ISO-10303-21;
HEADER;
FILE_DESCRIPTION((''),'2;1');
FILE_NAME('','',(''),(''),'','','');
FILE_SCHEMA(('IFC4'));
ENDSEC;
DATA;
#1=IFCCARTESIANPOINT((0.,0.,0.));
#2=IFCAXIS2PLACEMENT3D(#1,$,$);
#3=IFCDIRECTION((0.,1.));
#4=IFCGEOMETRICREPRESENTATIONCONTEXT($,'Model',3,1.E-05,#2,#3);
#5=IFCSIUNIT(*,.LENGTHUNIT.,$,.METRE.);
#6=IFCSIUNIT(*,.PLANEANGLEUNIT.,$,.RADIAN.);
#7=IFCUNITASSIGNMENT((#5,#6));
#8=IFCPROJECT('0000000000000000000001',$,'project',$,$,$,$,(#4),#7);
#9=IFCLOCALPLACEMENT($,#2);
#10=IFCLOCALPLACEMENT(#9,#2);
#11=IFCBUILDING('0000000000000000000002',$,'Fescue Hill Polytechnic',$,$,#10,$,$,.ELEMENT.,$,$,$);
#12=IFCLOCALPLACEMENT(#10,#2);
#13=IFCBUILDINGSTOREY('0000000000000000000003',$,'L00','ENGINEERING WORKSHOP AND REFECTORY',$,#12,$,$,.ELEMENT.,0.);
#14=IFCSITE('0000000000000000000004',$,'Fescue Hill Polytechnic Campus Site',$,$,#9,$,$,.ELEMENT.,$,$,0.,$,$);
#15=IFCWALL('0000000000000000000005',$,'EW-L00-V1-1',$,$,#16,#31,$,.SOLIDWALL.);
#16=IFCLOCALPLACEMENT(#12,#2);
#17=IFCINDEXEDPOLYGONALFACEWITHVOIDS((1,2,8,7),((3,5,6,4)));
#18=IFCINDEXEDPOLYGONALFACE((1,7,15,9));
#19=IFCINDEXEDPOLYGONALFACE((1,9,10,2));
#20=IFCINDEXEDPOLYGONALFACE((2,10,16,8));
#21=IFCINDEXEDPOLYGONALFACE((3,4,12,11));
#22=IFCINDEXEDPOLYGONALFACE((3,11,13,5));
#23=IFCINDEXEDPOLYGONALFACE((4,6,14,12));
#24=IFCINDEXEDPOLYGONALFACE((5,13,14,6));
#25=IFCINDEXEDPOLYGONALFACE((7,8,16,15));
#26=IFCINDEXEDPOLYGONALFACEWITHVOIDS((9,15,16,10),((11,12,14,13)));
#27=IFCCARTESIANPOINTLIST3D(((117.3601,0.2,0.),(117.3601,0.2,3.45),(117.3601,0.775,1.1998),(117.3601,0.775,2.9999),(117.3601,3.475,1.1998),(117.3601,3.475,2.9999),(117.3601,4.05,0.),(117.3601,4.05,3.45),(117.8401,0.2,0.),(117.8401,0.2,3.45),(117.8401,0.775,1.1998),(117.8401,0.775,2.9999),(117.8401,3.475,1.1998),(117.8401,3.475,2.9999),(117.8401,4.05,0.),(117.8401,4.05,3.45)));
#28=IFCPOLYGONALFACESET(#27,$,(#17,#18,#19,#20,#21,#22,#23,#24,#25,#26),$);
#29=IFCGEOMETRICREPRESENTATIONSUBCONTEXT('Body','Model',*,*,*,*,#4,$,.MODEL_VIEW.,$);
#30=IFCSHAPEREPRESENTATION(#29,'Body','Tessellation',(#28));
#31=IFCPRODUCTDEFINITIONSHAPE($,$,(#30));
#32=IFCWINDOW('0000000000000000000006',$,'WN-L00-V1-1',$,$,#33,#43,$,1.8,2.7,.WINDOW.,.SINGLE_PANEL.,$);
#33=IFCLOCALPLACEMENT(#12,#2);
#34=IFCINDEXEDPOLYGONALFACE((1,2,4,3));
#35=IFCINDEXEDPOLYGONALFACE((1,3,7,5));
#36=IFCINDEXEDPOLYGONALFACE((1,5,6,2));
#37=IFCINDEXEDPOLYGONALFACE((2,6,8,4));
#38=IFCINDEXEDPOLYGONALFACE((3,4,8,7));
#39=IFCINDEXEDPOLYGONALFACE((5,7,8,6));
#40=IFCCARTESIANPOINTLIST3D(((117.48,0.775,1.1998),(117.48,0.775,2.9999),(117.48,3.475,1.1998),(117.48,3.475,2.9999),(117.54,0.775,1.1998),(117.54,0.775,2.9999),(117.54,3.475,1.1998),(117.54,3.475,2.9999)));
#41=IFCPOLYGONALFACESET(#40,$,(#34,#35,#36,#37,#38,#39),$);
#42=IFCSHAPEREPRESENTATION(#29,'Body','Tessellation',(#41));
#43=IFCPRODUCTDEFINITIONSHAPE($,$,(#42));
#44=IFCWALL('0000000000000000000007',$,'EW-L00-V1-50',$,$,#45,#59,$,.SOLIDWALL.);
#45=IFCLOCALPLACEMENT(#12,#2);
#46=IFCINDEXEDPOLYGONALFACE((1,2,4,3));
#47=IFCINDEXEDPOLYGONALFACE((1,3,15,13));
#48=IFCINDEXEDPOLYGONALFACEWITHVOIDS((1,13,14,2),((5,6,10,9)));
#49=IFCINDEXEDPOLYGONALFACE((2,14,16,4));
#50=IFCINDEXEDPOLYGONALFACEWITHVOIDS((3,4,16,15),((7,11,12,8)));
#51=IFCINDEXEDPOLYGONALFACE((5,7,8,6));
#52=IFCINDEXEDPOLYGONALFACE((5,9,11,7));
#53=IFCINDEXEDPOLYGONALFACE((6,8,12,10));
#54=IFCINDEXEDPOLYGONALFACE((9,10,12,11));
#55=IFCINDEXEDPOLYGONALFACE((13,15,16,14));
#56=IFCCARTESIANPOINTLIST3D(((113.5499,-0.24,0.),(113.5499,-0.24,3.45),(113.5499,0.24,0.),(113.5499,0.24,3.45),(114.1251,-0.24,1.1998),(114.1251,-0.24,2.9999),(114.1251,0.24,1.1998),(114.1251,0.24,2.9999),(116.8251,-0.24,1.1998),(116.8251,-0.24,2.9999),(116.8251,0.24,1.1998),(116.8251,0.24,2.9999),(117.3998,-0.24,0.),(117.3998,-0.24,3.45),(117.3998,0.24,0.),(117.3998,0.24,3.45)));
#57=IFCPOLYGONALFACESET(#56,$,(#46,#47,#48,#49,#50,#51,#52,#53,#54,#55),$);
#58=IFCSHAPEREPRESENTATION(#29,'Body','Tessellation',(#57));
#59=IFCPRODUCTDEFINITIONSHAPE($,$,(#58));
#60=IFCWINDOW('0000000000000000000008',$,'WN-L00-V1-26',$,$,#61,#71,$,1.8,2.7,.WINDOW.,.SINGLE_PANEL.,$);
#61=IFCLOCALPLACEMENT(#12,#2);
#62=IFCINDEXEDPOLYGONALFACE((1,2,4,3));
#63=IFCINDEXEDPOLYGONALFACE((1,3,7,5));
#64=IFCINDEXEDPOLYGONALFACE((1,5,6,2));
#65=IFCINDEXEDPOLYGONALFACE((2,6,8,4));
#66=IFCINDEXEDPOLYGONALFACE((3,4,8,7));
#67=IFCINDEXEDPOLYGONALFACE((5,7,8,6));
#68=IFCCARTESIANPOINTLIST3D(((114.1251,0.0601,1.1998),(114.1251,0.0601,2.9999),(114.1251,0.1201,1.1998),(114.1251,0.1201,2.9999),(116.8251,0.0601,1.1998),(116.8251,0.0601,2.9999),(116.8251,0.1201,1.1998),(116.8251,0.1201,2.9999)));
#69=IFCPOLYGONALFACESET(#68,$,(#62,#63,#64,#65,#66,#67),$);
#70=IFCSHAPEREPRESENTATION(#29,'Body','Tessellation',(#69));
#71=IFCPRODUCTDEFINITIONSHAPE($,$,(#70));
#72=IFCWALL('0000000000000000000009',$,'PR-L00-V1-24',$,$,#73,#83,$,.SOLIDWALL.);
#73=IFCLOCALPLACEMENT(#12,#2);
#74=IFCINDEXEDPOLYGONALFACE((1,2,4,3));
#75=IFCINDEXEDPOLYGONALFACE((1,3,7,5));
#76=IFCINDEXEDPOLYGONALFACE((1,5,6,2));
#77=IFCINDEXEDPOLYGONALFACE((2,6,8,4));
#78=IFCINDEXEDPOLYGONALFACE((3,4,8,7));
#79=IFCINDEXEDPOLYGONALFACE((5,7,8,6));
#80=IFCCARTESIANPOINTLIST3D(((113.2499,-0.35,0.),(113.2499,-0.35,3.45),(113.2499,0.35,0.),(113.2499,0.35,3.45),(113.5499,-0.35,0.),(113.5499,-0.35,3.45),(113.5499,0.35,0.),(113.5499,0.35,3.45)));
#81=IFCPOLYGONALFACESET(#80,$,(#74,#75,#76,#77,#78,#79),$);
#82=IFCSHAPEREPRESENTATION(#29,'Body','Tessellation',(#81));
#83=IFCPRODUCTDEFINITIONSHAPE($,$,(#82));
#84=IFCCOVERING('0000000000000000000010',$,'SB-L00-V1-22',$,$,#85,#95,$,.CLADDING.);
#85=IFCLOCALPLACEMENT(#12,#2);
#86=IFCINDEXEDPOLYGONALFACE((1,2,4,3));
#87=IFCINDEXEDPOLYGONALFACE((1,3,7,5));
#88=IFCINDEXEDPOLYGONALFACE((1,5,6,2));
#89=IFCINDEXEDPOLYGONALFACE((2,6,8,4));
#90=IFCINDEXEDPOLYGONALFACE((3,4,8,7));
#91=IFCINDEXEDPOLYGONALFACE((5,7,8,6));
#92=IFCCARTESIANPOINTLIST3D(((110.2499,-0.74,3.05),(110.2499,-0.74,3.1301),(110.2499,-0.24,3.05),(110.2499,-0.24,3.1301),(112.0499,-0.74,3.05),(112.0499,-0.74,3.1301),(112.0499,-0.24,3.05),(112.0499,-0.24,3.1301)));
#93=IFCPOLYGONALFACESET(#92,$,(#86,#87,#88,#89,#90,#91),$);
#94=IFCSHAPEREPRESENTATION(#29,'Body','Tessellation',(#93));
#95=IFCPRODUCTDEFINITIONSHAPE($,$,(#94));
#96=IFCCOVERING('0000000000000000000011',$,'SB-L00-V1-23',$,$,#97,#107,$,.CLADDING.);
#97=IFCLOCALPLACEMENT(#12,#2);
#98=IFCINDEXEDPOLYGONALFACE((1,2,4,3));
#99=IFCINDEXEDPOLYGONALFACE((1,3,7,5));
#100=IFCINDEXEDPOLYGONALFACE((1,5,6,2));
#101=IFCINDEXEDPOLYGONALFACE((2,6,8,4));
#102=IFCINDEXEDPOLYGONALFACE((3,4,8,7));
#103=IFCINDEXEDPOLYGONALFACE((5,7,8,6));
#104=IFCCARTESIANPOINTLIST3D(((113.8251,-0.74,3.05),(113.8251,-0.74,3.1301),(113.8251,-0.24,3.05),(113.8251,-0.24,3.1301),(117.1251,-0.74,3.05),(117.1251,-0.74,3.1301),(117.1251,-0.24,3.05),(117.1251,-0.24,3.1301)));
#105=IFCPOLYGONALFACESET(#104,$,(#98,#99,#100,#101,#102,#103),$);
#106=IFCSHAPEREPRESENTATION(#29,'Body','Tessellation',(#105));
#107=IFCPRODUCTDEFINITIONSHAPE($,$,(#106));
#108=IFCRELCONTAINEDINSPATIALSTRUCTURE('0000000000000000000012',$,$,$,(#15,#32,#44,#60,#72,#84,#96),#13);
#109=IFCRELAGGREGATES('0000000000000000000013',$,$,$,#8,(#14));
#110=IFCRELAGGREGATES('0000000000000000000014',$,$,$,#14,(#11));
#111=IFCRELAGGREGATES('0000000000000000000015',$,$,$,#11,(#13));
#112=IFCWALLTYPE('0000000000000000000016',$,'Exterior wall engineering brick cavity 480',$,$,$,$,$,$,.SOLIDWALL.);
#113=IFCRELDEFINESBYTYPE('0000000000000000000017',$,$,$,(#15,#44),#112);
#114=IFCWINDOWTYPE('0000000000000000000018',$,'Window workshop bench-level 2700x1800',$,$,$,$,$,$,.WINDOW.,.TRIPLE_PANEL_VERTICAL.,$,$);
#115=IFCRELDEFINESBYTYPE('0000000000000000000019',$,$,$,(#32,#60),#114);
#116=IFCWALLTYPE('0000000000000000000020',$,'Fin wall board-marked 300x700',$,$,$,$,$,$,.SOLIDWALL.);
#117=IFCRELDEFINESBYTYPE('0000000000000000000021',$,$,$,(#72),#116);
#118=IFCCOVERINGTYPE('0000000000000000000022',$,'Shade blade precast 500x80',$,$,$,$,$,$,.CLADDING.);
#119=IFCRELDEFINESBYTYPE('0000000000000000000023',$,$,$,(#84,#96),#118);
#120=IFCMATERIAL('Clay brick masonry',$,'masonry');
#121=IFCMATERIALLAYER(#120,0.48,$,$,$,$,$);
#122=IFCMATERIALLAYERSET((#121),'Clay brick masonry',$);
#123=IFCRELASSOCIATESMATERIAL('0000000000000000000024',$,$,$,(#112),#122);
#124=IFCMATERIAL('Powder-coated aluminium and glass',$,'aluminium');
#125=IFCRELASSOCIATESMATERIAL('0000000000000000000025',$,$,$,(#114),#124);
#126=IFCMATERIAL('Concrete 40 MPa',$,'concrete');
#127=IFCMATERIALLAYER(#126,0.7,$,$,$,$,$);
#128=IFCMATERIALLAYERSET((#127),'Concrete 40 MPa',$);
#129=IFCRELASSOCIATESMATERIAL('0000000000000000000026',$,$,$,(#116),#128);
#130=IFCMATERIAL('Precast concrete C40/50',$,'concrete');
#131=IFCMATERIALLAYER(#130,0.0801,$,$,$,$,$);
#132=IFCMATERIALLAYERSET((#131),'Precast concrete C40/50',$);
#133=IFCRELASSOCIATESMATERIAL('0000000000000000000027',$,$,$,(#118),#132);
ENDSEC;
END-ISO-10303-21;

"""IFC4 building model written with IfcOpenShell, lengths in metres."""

from ifc_helpers import new_model, si_unit, direction, frame, frame_2d, origin, origin_2d, place, context, subcontext, project, spatial, rectangle, extrude, material, layer, layer_set, type_object, element, fill, save


model = new_model("IFC4")

# Units and contexts
model_context = context("Model", 3, precision=1e-05, world=origin(), true_north=direction((0.0, 1.0)))
body_context = subcontext(model_context, "Body", "Model", "MODEL_VIEW")
ifc_project = project(units=[si_unit("LENGTHUNIT", "METRE"), si_unit("PLANEANGLEUNIT", "RADIAN")], contexts=[model_context])

# Site, building, storey
site_placement = place(None, origin())
site = spatial("IfcSite", under=ifc_project, at=site_placement, Name="Fescue Hill Polytechnic Campus Site", CompositionType="ELEMENT", RefElevation=0.0)
building_placement = place(site_placement, origin())
building = spatial("IfcBuilding", under=site, at=building_placement, Name="Fescue Hill Polytechnic", CompositionType="ELEMENT")
storey_placement = place(building_placement, origin())
storey = spatial("IfcBuildingStorey", under=building, at=storey_placement, Name="L00", Description="ENGINEERING WORKSHOP AND REFECTORY", CompositionType="ELEMENT", Elevation=0.0)

# Shared definitions
ifc_material_1 = material(Name="Concrete 40 MPa", Category="concrete")

# Walls, openings, windows
ifc_material_2 = material(Name="Clay brick masonry", Category="masonry")
ifc_layer_1 = layer(ifc_material_2, 0.48)
ifc_layer_set_1 = layer_set([ifc_layer_1], Name="Clay brick masonry")
wall_type_1 = type_object("IfcWallType", Name="Exterior wall engineering brick cavity 480", PredefinedType="SOLIDWALL", material=ifc_layer_set_1)
wall_1_placement = place(storey_placement, frame((117.6001, 0.2, 0.0), z_axis=(0.0, 0.0, 1.0), x_axis=(0.0, 1.0, 0.0)))
wall_1 = element("IfcWall", 1, at=wall_1_placement, inside=storey, type_object=wall_type_1, Name="EW-L00-V1-1", PredefinedType="SOLIDWALL", context=body_context, shape_type="SweptSolid", body=[
    extrude(rectangle(XDim=3.8501, YDim=0.48, at=frame_2d((1.925, 0.0))), origin(), (0.0, 0.0, 1.0), 3.45),
])
opening_1_placement = place(wall_1_placement, frame((0.575, 0.0, 1.2)))
opening_1 = element("IfcOpeningElement", 2, at=opening_1_placement, cuts=wall_1, PredefinedType="OPENING", context=body_context, shape_type="SweptSolid", body=[
    extrude(rectangle(XDim=2.7, YDim=1.8, at=frame_2d((1.3501, 0.8999))), frame((0.0, 0.25, 0.0), z_axis=(0.0, -1.0, 0.0), x_axis=(1.0, 0.0, 0.0)), (0.0, 0.0, 1.0), 0.5),
])
ifc_material_3 = material(Name="Powder-coated aluminium and glass", Category="aluminium")
window_type = type_object("IfcWindowType", Name="Window workshop bench-level 2700x1800", PartitioningType="TRIPLE_PANEL_VERTICAL", PredefinedType="WINDOW", material=ifc_material_3)
window_1_placement = place(opening_1_placement, origin())
window_1 = element("IfcWindow", 3, at=window_1_placement, inside=storey, type_object=window_type, Name="WN-L00-V1-1", OverallHeight=1.8, OverallWidth=2.7, PartitioningType="SINGLE_PANEL", PredefinedType="WINDOW", context=body_context, shape_type="SweptSolid", body=[
    extrude(rectangle(XDim=2.7, YDim=1.8, at=frame_2d((1.3501, 0.8999))), frame((0.0, 0.1201, 0.0), z_axis=(0.0, -1.0, 0.0), x_axis=(1.0, 0.0, 0.0)), (0.0, 0.0, 1.0), 0.0601),
])
fill(opening_1, window_1)
wall_2_placement = place(storey_placement, frame((113.55, 0.0, 0.0), z_axis=(0.0, 0.0, 1.0), x_axis=(1.0, 0.0, 0.0)))
wall_2 = element("IfcWall", 4, at=wall_2_placement, inside=storey, type_object=wall_type_1, Name="EW-L00-V1-50", PredefinedType="SOLIDWALL", context=body_context, shape_type="SweptSolid", body=[
    extrude(rectangle(XDim=3.8499, YDim=0.48, at=frame_2d((1.9248, 0.0))), origin(), (0.0, 0.0, 1.0), 3.45),
])
opening_2_placement = place(wall_2_placement, frame((0.575, 0.0, 1.2)))
opening_2 = element("IfcOpeningElement", 5, at=opening_2_placement, cuts=wall_2, PredefinedType="OPENING", context=body_context, shape_type="SweptSolid", body=[
    extrude(rectangle(XDim=2.7, YDim=1.8, at=frame_2d((1.3501, 0.8999))), frame((0.0, 0.25, 0.0), z_axis=(0.0, -1.0, 0.0), x_axis=(1.0, 0.0, 0.0)), (0.0, 0.0, 1.0), 0.5),
])
window_2_placement = place(opening_2_placement, origin())
window_2 = element("IfcWindow", 6, at=window_2_placement, inside=storey, type_object=window_type, Name="WN-L00-V1-26", OverallHeight=1.8, OverallWidth=2.7, PartitioningType="SINGLE_PANEL", PredefinedType="WINDOW", context=body_context, shape_type="SweptSolid", body=[
    extrude(rectangle(XDim=2.7, YDim=1.8, at=frame_2d((1.3501, 0.8999))), frame((0.0, 0.1201, 0.0), z_axis=(0.0, -1.0, 0.0), x_axis=(1.0, 0.0, 0.0)), (0.0, 0.0, 1.0), 0.0601),
])
fill(opening_2, window_2)

# Wall
ifc_layer_2 = layer(ifc_material_1, 0.7)
ifc_layer_set_2 = layer_set([ifc_layer_2], Name="Concrete 40 MPa")
wall_type_2 = type_object("IfcWallType", Name="Fin wall board-marked 300x700", PredefinedType="SOLIDWALL", material=ifc_layer_set_2)
wall_3_placement = place(storey_placement, frame((113.25, 0.0, 0.0), z_axis=(0.0, 0.0, 1.0), x_axis=(1.0, 0.0, 0.0)))
element("IfcWall", 7, at=wall_3_placement, inside=storey, type_object=wall_type_2, Name="PR-L00-V1-24", PredefinedType="SOLIDWALL", context=body_context, shape_type="SweptSolid", body=[
    extrude(rectangle(XDim=0.3, YDim=0.7, at=frame_2d((0.1499, 0.0))), origin(), (0.0, 0.0, 1.0), 3.45),
])

# Coverings
ifc_material_4 = material(Name="Precast concrete C40/50", Category="concrete")
ifc_layer_3 = layer(ifc_material_4, 0.0801)
ifc_layer_set_3 = layer_set([ifc_layer_3], Name="Precast concrete C40/50")
covering_type = type_object("IfcCoveringType", Name="Shade blade precast 500x80", PredefinedType="CLADDING", material=ifc_layer_set_3)
covering_1_placement = place(storey_placement, frame((111.1499, -0.49, 3.05), z_axis=(0.0, 0.0, 1.0), x_axis=(1.0, 0.0, 0.0)))
element("IfcCovering", 8, at=covering_1_placement, inside=storey, type_object=covering_type, Name="SB-L00-V1-22", PredefinedType="CLADDING", context=body_context, shape_type="SweptSolid", body=[
    extrude(rectangle(XDim=1.8, YDim=0.5, at=origin_2d()), origin(), (0.0, 0.0, 1.0), 0.0801),
])
covering_2_placement = place(storey_placement, frame((115.4751, -0.49, 3.05), z_axis=(0.0, 0.0, 1.0), x_axis=(1.0, 0.0, 0.0)))
element("IfcCovering", 9, at=covering_2_placement, inside=storey, type_object=covering_type, Name="SB-L00-V1-23", PredefinedType="CLADDING", context=body_context, shape_type="SweptSolid", body=[
    extrude(rectangle(XDim=3.3, YDim=0.5, at=origin_2d()), origin(), (0.0, 0.0, 1.0), 0.0801),
])

save(model, "model.ifc")
